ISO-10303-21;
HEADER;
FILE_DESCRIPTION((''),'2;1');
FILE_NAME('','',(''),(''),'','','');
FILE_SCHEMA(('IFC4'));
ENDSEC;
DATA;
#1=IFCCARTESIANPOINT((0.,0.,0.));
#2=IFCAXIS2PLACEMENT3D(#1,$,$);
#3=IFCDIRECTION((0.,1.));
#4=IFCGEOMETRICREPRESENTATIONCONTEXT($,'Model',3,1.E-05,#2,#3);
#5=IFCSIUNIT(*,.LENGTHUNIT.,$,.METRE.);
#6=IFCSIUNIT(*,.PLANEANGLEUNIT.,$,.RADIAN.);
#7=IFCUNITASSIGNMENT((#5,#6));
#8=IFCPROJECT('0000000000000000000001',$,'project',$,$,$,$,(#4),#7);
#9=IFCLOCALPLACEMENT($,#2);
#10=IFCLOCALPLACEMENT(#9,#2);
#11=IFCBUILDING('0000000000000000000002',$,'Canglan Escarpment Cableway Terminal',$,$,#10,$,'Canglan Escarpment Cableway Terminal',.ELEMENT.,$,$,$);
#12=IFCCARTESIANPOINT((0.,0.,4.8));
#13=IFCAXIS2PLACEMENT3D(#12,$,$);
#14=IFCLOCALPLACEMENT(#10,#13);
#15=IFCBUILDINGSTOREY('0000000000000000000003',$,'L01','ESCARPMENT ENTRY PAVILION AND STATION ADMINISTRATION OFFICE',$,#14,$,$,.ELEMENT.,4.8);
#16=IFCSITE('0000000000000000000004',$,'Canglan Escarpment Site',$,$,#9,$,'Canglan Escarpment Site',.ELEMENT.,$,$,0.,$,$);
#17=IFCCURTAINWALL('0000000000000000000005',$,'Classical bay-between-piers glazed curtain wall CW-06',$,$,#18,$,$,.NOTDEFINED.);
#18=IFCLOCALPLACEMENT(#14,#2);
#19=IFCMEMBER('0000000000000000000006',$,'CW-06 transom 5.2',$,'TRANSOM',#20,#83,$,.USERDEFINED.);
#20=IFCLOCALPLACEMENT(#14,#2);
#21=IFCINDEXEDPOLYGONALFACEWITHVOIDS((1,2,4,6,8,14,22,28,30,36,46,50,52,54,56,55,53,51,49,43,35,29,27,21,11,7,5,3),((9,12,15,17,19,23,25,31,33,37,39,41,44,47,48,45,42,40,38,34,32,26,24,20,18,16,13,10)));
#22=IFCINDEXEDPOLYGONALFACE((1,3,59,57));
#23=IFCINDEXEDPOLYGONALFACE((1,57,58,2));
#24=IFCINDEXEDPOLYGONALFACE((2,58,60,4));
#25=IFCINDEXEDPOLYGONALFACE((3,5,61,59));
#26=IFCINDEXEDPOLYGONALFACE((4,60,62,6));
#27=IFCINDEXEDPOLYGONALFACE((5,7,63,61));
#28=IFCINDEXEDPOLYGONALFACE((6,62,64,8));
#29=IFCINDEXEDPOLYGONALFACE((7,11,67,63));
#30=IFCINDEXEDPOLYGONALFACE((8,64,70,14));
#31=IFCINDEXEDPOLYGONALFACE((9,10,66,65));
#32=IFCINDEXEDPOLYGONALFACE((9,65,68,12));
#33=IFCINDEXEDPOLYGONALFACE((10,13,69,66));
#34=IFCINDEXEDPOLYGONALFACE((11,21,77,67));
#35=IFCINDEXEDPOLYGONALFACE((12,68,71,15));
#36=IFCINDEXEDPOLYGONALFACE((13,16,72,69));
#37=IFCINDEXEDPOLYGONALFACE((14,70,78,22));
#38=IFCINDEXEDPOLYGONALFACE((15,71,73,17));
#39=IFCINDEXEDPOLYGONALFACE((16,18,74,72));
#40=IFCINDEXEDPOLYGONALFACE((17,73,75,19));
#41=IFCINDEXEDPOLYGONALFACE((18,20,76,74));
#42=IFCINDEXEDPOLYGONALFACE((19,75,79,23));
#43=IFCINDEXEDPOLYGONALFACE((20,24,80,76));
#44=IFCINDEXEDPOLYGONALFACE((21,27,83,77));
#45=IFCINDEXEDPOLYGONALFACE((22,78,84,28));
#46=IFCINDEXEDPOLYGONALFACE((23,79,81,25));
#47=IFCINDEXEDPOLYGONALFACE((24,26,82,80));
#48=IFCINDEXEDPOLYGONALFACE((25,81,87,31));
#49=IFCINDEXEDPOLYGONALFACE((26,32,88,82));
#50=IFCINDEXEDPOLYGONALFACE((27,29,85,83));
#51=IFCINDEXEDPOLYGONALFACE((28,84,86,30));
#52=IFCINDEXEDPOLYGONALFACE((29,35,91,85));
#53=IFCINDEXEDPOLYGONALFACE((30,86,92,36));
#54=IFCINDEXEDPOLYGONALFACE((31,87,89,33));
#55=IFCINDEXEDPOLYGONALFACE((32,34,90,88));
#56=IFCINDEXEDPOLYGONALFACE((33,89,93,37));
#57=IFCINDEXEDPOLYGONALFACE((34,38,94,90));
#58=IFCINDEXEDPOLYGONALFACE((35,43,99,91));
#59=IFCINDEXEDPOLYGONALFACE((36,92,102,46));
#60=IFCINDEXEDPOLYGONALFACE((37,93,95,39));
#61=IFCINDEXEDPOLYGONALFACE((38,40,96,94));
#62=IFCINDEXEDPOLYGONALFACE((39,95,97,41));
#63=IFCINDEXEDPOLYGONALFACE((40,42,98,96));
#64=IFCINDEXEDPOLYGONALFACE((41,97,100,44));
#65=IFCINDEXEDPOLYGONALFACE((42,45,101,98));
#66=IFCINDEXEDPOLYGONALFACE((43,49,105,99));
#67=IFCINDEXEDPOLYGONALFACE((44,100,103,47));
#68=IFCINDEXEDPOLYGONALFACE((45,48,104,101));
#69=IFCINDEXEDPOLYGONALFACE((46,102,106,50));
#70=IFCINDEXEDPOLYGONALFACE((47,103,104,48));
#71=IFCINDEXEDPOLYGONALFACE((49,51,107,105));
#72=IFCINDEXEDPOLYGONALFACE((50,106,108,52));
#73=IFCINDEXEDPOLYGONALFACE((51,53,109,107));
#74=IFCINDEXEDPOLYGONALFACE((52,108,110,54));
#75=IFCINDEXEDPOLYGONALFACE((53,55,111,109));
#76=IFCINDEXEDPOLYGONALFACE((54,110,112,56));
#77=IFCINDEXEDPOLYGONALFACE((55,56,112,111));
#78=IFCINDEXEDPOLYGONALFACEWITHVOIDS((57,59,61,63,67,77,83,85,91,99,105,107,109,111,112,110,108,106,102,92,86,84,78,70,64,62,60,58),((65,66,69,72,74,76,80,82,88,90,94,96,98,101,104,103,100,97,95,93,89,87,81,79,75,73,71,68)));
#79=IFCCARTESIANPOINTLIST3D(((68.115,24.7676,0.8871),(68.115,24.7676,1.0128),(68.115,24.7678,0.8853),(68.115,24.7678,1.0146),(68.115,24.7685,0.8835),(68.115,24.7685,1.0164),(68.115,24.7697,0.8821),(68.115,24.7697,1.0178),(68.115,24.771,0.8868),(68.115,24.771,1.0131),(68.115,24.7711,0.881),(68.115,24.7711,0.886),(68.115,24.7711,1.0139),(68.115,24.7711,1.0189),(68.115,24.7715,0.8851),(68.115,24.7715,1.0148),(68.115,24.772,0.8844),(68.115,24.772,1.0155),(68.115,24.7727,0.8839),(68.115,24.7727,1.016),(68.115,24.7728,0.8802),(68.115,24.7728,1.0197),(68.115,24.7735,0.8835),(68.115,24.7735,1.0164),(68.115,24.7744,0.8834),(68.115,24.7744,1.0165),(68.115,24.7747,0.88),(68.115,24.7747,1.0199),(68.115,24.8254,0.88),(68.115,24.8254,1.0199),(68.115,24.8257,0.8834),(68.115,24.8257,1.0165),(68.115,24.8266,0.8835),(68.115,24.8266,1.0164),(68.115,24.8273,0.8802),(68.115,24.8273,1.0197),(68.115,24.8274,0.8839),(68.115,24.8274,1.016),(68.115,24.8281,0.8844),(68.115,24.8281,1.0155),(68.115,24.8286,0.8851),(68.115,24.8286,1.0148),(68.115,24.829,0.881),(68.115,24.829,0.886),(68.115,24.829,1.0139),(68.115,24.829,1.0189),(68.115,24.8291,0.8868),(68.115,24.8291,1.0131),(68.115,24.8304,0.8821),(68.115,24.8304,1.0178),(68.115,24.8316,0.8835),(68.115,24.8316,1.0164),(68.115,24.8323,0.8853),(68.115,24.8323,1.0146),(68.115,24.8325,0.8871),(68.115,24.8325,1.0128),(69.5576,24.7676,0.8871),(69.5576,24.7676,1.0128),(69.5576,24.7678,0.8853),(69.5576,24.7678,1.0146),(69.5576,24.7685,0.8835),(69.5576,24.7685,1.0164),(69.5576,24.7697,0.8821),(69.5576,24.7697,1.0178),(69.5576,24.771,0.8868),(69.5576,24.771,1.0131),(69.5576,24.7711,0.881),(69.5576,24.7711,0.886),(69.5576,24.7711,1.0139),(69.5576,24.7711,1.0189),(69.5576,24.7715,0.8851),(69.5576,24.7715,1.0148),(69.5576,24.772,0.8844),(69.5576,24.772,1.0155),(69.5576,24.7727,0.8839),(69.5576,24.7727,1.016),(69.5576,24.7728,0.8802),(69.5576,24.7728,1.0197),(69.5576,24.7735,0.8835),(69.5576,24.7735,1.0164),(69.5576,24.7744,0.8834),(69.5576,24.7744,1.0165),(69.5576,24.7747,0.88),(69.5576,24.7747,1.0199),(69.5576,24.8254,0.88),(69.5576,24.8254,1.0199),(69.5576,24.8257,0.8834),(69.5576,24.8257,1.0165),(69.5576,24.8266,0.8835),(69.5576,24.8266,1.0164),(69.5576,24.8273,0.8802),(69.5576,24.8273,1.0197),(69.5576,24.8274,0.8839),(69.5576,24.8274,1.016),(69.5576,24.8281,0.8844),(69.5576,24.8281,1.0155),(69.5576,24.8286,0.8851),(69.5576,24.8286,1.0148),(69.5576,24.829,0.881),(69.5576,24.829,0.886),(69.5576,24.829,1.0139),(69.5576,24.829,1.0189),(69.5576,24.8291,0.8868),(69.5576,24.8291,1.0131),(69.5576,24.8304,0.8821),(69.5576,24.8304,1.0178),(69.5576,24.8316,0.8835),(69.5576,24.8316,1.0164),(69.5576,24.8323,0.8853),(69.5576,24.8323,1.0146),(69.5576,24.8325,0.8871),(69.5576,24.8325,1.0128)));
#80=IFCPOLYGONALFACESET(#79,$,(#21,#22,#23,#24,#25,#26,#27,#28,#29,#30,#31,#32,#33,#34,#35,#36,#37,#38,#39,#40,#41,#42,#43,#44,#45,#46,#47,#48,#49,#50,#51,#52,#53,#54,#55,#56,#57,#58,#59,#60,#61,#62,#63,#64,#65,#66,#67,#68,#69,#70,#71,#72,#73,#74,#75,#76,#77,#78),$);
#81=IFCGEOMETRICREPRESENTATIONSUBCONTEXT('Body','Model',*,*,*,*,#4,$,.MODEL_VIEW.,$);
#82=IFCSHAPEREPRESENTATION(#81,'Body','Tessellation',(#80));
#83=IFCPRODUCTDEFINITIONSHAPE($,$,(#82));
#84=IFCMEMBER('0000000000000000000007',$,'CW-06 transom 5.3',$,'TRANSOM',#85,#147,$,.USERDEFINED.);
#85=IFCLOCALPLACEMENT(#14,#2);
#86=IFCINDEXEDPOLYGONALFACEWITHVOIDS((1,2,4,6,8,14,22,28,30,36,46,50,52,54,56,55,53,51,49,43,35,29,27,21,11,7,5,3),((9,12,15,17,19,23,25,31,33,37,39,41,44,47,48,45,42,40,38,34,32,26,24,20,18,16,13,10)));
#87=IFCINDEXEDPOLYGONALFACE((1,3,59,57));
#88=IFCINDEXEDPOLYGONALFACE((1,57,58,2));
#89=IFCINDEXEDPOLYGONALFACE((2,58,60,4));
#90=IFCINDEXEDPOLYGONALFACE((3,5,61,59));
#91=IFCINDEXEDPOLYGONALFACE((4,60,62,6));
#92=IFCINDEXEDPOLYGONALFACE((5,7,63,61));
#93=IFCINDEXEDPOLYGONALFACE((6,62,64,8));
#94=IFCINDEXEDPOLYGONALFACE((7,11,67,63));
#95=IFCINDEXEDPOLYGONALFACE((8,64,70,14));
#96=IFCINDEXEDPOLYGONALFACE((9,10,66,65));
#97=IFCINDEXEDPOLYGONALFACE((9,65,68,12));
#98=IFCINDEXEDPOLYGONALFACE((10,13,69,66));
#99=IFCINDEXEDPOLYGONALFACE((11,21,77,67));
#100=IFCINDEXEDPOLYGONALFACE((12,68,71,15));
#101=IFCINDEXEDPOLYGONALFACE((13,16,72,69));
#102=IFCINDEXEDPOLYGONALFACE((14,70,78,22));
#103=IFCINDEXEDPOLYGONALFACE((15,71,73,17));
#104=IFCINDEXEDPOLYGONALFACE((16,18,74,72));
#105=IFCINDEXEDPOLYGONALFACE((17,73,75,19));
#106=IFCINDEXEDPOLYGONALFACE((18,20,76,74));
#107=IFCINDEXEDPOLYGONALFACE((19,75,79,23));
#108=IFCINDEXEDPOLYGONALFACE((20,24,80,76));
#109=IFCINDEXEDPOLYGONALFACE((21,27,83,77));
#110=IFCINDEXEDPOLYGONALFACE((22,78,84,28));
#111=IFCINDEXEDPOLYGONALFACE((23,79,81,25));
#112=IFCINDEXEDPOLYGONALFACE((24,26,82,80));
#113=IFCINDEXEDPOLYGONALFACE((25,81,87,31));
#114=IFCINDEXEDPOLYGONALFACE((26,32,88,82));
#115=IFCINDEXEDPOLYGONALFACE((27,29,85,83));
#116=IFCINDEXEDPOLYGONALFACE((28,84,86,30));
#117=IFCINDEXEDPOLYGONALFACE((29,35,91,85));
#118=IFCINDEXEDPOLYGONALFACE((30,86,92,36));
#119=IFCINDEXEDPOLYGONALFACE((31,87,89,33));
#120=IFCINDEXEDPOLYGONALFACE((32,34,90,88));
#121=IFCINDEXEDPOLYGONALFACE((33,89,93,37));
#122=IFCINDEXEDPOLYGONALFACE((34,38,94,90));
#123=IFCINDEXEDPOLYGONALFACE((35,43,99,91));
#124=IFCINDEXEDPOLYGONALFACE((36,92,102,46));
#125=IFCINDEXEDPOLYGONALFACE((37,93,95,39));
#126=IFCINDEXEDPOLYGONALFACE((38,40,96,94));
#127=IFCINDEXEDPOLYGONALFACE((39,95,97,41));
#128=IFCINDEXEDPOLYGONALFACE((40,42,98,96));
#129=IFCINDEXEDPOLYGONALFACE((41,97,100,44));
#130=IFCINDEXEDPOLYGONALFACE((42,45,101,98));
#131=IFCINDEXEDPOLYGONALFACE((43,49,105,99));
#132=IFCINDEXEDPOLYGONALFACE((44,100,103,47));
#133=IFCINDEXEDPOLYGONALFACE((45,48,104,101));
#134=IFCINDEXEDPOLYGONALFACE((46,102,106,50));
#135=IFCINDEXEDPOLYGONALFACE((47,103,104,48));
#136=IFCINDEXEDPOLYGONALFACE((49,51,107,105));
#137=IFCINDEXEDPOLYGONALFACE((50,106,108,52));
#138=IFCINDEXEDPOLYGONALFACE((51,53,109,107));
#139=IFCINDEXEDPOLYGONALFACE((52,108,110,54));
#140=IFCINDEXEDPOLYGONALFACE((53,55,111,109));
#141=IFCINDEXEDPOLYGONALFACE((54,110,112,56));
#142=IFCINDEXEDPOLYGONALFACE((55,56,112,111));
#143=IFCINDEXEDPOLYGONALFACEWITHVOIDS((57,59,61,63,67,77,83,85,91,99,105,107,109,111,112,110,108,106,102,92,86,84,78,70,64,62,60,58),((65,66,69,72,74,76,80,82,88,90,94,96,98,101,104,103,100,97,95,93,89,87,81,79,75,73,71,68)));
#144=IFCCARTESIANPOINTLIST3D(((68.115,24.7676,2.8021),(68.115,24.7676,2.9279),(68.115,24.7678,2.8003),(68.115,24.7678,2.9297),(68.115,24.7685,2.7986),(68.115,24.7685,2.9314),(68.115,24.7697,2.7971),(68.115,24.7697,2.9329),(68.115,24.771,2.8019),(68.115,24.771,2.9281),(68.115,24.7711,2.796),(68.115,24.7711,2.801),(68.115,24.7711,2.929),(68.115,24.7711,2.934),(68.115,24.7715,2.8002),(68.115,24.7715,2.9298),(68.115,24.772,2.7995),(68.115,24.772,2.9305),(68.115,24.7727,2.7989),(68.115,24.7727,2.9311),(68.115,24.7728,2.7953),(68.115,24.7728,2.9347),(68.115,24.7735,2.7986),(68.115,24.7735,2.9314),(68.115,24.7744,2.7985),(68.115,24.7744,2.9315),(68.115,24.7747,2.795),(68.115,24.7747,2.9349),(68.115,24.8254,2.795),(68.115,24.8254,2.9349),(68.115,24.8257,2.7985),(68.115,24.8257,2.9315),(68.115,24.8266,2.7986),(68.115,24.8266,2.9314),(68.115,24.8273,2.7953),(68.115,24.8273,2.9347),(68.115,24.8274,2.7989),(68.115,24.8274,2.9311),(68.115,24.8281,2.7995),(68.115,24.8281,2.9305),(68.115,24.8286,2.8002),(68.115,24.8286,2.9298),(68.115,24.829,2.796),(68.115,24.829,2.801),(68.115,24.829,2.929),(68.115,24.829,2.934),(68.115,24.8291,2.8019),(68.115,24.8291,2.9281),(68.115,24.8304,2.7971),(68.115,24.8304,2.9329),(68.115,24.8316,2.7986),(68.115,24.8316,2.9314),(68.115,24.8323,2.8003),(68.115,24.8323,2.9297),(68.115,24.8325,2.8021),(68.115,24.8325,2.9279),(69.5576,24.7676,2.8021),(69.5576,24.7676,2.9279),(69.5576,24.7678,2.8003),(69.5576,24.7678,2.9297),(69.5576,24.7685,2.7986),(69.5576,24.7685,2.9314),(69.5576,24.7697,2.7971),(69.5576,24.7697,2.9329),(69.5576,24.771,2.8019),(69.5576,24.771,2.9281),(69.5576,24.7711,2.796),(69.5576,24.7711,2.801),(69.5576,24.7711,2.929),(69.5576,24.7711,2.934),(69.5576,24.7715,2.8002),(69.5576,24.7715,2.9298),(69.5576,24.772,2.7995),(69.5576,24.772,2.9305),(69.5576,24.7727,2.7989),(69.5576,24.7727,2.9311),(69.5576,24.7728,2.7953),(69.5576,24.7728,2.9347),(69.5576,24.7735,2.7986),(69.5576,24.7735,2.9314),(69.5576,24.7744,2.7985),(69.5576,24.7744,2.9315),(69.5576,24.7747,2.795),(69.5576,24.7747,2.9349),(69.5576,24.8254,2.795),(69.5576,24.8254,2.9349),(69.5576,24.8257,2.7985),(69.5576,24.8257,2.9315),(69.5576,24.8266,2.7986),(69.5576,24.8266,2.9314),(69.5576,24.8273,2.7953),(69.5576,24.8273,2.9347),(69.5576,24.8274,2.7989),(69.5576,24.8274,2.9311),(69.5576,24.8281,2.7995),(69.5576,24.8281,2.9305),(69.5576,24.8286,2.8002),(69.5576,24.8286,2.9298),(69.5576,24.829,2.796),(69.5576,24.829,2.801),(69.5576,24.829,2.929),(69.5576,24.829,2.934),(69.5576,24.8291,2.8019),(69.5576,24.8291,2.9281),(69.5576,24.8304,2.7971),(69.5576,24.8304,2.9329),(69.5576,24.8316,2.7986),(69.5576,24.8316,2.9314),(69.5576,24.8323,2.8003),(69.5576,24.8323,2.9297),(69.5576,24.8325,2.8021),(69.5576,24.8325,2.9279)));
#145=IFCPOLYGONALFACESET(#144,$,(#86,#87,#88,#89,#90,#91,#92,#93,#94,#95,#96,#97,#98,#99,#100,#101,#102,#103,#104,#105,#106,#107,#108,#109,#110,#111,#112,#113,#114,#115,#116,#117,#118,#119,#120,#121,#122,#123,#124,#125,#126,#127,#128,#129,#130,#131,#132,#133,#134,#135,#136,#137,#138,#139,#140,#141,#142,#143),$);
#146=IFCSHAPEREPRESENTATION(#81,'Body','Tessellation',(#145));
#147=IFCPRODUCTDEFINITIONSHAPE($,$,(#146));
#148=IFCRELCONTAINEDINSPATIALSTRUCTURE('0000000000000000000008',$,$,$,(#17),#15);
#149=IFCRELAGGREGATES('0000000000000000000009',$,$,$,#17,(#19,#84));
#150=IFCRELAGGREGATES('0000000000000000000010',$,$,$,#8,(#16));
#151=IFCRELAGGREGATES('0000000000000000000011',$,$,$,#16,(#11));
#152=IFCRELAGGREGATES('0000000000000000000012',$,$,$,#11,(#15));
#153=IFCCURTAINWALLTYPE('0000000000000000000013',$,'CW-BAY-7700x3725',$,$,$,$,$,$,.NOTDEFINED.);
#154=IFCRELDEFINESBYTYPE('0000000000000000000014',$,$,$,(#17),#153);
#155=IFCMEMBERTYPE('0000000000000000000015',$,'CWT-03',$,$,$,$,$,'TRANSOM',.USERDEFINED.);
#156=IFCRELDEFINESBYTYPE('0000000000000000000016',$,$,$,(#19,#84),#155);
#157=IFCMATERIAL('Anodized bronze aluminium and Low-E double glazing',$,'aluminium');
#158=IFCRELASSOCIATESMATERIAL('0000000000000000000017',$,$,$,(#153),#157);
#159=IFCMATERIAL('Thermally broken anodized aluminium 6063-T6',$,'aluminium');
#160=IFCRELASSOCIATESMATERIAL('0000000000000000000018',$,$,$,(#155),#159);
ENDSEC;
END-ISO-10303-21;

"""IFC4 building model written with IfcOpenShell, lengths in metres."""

from ifc_helpers import new_model, si_unit, direction, frame, origin, origin_2d, place, context, subcontext, project, spatial, hollow_rectangle, extrude, material, material_profile, profile_set, type_object, element, aggregate, save


model = new_model("IFC4")

# Units and contexts
model_context = context("Model", 3, precision=1e-05, world=origin(), true_north=direction((0.0, 1.0)))
body_context = subcontext(model_context, "Body", "Model", "MODEL_VIEW")
ifc_project = project(units=[si_unit("LENGTHUNIT", "METRE"), si_unit("PLANEANGLEUNIT", "RADIAN")], contexts=[model_context])

# Site, building, storey
site_placement = place(None, origin())
site = spatial("IfcSite", under=ifc_project, at=site_placement, Name="Canglan Escarpment Site", LongName="Canglan Escarpment Site", CompositionType="ELEMENT", RefElevation=0.0)
building_placement = place(site_placement, origin())
building = spatial("IfcBuilding", under=site, at=building_placement, Name="Canglan Escarpment Cableway Terminal", LongName="Canglan Escarpment Cableway Terminal", CompositionType="ELEMENT")
storey_placement = place(building_placement, frame((0.0, 0.0, 4.8)))
storey = spatial("IfcBuildingStorey", under=building, at=storey_placement, Name="L01", Description="ESCARPMENT ENTRY PAVILION AND STATION ADMINISTRATION OFFICE", CompositionType="ELEMENT", Elevation=4.8)

# Curtain wall, members
ifc_material_1 = material(Name="Anodized bronze aluminium and Low-E double glazing", Category="aluminium")
curtain_wall_type = type_object("IfcCurtainWallType", Name="CW-BAY-7700x3725", PredefinedType="NOTDEFINED", material=ifc_material_1)
curtain_wall_placement = place(storey_placement, origin())
curtain_wall = element("IfcCurtainWall", 1, at=curtain_wall_placement, inside=storey, type_object=curtain_wall_type, Name="Classical bay-between-piers glazed curtain wall CW-06", PredefinedType="NOTDEFINED")
ifc_material_2 = material(Name="Thermally broken anodized aluminium 6063-T6", Category="aluminium")
ifc_material_profile_1 = material_profile(ifc_material_2, hollow_rectangle(XDim=0.0649, YDim=0.1399, WallThickness=0.0034, InnerFilletRadius=0.0034, OuterFilletRadius=0.0071, at=origin_2d()), Name="ALU-TRAN 65x140x3.5")
ifc_profile_set_1 = profile_set([ifc_material_profile_1], Name="Thermally broken anodized aluminium 6063-T6")
member_type_1 = type_object("IfcMemberType", Name="CWT-03", ElementType="TRANSOM", PredefinedType="USERDEFINED", material=ifc_profile_set_1)
member_1_placement = place(storey_placement, frame((69.5576, 24.8, 0.95), z_axis=(-1.0, 0.0, 0.0), x_axis=(0.0, -1.0, 0.0)))
member_1 = element("IfcMember", 2, at=member_1_placement, type_object=member_type_1, Name="CW-06 transom 5.2", ObjectType="TRANSOM", PredefinedType="USERDEFINED", context=body_context, shape_type="SweptSolid", body=[
    extrude(hollow_rectangle(XDim=0.0649, YDim=0.1399, WallThickness=0.0034, InnerFilletRadius=0.0034, OuterFilletRadius=0.0071, at=origin_2d()), origin(), (0.0, 0.0, 1.0), 1.4426),
])
member_2_placement = place(storey_placement, frame((69.5576, 24.8, 2.865), z_axis=(-1.0, 0.0, 0.0), x_axis=(0.0, -1.0, 0.0)))
member_2 = element("IfcMember", 3, at=member_2_placement, type_object=member_type_1, Name="CW-06 transom 5.3", ObjectType="TRANSOM", PredefinedType="USERDEFINED", context=body_context, shape_type="SweptSolid", body=[
    extrude(hollow_rectangle(XDim=0.0649, YDim=0.1399, WallThickness=0.0034, InnerFilletRadius=0.0034, OuterFilletRadius=0.0071, at=origin_2d()), origin(), (0.0, 0.0, 1.0), 1.4426),
])

aggregate(curtain_wall, [member_1, member_2])

save(model, "model.ifc")
